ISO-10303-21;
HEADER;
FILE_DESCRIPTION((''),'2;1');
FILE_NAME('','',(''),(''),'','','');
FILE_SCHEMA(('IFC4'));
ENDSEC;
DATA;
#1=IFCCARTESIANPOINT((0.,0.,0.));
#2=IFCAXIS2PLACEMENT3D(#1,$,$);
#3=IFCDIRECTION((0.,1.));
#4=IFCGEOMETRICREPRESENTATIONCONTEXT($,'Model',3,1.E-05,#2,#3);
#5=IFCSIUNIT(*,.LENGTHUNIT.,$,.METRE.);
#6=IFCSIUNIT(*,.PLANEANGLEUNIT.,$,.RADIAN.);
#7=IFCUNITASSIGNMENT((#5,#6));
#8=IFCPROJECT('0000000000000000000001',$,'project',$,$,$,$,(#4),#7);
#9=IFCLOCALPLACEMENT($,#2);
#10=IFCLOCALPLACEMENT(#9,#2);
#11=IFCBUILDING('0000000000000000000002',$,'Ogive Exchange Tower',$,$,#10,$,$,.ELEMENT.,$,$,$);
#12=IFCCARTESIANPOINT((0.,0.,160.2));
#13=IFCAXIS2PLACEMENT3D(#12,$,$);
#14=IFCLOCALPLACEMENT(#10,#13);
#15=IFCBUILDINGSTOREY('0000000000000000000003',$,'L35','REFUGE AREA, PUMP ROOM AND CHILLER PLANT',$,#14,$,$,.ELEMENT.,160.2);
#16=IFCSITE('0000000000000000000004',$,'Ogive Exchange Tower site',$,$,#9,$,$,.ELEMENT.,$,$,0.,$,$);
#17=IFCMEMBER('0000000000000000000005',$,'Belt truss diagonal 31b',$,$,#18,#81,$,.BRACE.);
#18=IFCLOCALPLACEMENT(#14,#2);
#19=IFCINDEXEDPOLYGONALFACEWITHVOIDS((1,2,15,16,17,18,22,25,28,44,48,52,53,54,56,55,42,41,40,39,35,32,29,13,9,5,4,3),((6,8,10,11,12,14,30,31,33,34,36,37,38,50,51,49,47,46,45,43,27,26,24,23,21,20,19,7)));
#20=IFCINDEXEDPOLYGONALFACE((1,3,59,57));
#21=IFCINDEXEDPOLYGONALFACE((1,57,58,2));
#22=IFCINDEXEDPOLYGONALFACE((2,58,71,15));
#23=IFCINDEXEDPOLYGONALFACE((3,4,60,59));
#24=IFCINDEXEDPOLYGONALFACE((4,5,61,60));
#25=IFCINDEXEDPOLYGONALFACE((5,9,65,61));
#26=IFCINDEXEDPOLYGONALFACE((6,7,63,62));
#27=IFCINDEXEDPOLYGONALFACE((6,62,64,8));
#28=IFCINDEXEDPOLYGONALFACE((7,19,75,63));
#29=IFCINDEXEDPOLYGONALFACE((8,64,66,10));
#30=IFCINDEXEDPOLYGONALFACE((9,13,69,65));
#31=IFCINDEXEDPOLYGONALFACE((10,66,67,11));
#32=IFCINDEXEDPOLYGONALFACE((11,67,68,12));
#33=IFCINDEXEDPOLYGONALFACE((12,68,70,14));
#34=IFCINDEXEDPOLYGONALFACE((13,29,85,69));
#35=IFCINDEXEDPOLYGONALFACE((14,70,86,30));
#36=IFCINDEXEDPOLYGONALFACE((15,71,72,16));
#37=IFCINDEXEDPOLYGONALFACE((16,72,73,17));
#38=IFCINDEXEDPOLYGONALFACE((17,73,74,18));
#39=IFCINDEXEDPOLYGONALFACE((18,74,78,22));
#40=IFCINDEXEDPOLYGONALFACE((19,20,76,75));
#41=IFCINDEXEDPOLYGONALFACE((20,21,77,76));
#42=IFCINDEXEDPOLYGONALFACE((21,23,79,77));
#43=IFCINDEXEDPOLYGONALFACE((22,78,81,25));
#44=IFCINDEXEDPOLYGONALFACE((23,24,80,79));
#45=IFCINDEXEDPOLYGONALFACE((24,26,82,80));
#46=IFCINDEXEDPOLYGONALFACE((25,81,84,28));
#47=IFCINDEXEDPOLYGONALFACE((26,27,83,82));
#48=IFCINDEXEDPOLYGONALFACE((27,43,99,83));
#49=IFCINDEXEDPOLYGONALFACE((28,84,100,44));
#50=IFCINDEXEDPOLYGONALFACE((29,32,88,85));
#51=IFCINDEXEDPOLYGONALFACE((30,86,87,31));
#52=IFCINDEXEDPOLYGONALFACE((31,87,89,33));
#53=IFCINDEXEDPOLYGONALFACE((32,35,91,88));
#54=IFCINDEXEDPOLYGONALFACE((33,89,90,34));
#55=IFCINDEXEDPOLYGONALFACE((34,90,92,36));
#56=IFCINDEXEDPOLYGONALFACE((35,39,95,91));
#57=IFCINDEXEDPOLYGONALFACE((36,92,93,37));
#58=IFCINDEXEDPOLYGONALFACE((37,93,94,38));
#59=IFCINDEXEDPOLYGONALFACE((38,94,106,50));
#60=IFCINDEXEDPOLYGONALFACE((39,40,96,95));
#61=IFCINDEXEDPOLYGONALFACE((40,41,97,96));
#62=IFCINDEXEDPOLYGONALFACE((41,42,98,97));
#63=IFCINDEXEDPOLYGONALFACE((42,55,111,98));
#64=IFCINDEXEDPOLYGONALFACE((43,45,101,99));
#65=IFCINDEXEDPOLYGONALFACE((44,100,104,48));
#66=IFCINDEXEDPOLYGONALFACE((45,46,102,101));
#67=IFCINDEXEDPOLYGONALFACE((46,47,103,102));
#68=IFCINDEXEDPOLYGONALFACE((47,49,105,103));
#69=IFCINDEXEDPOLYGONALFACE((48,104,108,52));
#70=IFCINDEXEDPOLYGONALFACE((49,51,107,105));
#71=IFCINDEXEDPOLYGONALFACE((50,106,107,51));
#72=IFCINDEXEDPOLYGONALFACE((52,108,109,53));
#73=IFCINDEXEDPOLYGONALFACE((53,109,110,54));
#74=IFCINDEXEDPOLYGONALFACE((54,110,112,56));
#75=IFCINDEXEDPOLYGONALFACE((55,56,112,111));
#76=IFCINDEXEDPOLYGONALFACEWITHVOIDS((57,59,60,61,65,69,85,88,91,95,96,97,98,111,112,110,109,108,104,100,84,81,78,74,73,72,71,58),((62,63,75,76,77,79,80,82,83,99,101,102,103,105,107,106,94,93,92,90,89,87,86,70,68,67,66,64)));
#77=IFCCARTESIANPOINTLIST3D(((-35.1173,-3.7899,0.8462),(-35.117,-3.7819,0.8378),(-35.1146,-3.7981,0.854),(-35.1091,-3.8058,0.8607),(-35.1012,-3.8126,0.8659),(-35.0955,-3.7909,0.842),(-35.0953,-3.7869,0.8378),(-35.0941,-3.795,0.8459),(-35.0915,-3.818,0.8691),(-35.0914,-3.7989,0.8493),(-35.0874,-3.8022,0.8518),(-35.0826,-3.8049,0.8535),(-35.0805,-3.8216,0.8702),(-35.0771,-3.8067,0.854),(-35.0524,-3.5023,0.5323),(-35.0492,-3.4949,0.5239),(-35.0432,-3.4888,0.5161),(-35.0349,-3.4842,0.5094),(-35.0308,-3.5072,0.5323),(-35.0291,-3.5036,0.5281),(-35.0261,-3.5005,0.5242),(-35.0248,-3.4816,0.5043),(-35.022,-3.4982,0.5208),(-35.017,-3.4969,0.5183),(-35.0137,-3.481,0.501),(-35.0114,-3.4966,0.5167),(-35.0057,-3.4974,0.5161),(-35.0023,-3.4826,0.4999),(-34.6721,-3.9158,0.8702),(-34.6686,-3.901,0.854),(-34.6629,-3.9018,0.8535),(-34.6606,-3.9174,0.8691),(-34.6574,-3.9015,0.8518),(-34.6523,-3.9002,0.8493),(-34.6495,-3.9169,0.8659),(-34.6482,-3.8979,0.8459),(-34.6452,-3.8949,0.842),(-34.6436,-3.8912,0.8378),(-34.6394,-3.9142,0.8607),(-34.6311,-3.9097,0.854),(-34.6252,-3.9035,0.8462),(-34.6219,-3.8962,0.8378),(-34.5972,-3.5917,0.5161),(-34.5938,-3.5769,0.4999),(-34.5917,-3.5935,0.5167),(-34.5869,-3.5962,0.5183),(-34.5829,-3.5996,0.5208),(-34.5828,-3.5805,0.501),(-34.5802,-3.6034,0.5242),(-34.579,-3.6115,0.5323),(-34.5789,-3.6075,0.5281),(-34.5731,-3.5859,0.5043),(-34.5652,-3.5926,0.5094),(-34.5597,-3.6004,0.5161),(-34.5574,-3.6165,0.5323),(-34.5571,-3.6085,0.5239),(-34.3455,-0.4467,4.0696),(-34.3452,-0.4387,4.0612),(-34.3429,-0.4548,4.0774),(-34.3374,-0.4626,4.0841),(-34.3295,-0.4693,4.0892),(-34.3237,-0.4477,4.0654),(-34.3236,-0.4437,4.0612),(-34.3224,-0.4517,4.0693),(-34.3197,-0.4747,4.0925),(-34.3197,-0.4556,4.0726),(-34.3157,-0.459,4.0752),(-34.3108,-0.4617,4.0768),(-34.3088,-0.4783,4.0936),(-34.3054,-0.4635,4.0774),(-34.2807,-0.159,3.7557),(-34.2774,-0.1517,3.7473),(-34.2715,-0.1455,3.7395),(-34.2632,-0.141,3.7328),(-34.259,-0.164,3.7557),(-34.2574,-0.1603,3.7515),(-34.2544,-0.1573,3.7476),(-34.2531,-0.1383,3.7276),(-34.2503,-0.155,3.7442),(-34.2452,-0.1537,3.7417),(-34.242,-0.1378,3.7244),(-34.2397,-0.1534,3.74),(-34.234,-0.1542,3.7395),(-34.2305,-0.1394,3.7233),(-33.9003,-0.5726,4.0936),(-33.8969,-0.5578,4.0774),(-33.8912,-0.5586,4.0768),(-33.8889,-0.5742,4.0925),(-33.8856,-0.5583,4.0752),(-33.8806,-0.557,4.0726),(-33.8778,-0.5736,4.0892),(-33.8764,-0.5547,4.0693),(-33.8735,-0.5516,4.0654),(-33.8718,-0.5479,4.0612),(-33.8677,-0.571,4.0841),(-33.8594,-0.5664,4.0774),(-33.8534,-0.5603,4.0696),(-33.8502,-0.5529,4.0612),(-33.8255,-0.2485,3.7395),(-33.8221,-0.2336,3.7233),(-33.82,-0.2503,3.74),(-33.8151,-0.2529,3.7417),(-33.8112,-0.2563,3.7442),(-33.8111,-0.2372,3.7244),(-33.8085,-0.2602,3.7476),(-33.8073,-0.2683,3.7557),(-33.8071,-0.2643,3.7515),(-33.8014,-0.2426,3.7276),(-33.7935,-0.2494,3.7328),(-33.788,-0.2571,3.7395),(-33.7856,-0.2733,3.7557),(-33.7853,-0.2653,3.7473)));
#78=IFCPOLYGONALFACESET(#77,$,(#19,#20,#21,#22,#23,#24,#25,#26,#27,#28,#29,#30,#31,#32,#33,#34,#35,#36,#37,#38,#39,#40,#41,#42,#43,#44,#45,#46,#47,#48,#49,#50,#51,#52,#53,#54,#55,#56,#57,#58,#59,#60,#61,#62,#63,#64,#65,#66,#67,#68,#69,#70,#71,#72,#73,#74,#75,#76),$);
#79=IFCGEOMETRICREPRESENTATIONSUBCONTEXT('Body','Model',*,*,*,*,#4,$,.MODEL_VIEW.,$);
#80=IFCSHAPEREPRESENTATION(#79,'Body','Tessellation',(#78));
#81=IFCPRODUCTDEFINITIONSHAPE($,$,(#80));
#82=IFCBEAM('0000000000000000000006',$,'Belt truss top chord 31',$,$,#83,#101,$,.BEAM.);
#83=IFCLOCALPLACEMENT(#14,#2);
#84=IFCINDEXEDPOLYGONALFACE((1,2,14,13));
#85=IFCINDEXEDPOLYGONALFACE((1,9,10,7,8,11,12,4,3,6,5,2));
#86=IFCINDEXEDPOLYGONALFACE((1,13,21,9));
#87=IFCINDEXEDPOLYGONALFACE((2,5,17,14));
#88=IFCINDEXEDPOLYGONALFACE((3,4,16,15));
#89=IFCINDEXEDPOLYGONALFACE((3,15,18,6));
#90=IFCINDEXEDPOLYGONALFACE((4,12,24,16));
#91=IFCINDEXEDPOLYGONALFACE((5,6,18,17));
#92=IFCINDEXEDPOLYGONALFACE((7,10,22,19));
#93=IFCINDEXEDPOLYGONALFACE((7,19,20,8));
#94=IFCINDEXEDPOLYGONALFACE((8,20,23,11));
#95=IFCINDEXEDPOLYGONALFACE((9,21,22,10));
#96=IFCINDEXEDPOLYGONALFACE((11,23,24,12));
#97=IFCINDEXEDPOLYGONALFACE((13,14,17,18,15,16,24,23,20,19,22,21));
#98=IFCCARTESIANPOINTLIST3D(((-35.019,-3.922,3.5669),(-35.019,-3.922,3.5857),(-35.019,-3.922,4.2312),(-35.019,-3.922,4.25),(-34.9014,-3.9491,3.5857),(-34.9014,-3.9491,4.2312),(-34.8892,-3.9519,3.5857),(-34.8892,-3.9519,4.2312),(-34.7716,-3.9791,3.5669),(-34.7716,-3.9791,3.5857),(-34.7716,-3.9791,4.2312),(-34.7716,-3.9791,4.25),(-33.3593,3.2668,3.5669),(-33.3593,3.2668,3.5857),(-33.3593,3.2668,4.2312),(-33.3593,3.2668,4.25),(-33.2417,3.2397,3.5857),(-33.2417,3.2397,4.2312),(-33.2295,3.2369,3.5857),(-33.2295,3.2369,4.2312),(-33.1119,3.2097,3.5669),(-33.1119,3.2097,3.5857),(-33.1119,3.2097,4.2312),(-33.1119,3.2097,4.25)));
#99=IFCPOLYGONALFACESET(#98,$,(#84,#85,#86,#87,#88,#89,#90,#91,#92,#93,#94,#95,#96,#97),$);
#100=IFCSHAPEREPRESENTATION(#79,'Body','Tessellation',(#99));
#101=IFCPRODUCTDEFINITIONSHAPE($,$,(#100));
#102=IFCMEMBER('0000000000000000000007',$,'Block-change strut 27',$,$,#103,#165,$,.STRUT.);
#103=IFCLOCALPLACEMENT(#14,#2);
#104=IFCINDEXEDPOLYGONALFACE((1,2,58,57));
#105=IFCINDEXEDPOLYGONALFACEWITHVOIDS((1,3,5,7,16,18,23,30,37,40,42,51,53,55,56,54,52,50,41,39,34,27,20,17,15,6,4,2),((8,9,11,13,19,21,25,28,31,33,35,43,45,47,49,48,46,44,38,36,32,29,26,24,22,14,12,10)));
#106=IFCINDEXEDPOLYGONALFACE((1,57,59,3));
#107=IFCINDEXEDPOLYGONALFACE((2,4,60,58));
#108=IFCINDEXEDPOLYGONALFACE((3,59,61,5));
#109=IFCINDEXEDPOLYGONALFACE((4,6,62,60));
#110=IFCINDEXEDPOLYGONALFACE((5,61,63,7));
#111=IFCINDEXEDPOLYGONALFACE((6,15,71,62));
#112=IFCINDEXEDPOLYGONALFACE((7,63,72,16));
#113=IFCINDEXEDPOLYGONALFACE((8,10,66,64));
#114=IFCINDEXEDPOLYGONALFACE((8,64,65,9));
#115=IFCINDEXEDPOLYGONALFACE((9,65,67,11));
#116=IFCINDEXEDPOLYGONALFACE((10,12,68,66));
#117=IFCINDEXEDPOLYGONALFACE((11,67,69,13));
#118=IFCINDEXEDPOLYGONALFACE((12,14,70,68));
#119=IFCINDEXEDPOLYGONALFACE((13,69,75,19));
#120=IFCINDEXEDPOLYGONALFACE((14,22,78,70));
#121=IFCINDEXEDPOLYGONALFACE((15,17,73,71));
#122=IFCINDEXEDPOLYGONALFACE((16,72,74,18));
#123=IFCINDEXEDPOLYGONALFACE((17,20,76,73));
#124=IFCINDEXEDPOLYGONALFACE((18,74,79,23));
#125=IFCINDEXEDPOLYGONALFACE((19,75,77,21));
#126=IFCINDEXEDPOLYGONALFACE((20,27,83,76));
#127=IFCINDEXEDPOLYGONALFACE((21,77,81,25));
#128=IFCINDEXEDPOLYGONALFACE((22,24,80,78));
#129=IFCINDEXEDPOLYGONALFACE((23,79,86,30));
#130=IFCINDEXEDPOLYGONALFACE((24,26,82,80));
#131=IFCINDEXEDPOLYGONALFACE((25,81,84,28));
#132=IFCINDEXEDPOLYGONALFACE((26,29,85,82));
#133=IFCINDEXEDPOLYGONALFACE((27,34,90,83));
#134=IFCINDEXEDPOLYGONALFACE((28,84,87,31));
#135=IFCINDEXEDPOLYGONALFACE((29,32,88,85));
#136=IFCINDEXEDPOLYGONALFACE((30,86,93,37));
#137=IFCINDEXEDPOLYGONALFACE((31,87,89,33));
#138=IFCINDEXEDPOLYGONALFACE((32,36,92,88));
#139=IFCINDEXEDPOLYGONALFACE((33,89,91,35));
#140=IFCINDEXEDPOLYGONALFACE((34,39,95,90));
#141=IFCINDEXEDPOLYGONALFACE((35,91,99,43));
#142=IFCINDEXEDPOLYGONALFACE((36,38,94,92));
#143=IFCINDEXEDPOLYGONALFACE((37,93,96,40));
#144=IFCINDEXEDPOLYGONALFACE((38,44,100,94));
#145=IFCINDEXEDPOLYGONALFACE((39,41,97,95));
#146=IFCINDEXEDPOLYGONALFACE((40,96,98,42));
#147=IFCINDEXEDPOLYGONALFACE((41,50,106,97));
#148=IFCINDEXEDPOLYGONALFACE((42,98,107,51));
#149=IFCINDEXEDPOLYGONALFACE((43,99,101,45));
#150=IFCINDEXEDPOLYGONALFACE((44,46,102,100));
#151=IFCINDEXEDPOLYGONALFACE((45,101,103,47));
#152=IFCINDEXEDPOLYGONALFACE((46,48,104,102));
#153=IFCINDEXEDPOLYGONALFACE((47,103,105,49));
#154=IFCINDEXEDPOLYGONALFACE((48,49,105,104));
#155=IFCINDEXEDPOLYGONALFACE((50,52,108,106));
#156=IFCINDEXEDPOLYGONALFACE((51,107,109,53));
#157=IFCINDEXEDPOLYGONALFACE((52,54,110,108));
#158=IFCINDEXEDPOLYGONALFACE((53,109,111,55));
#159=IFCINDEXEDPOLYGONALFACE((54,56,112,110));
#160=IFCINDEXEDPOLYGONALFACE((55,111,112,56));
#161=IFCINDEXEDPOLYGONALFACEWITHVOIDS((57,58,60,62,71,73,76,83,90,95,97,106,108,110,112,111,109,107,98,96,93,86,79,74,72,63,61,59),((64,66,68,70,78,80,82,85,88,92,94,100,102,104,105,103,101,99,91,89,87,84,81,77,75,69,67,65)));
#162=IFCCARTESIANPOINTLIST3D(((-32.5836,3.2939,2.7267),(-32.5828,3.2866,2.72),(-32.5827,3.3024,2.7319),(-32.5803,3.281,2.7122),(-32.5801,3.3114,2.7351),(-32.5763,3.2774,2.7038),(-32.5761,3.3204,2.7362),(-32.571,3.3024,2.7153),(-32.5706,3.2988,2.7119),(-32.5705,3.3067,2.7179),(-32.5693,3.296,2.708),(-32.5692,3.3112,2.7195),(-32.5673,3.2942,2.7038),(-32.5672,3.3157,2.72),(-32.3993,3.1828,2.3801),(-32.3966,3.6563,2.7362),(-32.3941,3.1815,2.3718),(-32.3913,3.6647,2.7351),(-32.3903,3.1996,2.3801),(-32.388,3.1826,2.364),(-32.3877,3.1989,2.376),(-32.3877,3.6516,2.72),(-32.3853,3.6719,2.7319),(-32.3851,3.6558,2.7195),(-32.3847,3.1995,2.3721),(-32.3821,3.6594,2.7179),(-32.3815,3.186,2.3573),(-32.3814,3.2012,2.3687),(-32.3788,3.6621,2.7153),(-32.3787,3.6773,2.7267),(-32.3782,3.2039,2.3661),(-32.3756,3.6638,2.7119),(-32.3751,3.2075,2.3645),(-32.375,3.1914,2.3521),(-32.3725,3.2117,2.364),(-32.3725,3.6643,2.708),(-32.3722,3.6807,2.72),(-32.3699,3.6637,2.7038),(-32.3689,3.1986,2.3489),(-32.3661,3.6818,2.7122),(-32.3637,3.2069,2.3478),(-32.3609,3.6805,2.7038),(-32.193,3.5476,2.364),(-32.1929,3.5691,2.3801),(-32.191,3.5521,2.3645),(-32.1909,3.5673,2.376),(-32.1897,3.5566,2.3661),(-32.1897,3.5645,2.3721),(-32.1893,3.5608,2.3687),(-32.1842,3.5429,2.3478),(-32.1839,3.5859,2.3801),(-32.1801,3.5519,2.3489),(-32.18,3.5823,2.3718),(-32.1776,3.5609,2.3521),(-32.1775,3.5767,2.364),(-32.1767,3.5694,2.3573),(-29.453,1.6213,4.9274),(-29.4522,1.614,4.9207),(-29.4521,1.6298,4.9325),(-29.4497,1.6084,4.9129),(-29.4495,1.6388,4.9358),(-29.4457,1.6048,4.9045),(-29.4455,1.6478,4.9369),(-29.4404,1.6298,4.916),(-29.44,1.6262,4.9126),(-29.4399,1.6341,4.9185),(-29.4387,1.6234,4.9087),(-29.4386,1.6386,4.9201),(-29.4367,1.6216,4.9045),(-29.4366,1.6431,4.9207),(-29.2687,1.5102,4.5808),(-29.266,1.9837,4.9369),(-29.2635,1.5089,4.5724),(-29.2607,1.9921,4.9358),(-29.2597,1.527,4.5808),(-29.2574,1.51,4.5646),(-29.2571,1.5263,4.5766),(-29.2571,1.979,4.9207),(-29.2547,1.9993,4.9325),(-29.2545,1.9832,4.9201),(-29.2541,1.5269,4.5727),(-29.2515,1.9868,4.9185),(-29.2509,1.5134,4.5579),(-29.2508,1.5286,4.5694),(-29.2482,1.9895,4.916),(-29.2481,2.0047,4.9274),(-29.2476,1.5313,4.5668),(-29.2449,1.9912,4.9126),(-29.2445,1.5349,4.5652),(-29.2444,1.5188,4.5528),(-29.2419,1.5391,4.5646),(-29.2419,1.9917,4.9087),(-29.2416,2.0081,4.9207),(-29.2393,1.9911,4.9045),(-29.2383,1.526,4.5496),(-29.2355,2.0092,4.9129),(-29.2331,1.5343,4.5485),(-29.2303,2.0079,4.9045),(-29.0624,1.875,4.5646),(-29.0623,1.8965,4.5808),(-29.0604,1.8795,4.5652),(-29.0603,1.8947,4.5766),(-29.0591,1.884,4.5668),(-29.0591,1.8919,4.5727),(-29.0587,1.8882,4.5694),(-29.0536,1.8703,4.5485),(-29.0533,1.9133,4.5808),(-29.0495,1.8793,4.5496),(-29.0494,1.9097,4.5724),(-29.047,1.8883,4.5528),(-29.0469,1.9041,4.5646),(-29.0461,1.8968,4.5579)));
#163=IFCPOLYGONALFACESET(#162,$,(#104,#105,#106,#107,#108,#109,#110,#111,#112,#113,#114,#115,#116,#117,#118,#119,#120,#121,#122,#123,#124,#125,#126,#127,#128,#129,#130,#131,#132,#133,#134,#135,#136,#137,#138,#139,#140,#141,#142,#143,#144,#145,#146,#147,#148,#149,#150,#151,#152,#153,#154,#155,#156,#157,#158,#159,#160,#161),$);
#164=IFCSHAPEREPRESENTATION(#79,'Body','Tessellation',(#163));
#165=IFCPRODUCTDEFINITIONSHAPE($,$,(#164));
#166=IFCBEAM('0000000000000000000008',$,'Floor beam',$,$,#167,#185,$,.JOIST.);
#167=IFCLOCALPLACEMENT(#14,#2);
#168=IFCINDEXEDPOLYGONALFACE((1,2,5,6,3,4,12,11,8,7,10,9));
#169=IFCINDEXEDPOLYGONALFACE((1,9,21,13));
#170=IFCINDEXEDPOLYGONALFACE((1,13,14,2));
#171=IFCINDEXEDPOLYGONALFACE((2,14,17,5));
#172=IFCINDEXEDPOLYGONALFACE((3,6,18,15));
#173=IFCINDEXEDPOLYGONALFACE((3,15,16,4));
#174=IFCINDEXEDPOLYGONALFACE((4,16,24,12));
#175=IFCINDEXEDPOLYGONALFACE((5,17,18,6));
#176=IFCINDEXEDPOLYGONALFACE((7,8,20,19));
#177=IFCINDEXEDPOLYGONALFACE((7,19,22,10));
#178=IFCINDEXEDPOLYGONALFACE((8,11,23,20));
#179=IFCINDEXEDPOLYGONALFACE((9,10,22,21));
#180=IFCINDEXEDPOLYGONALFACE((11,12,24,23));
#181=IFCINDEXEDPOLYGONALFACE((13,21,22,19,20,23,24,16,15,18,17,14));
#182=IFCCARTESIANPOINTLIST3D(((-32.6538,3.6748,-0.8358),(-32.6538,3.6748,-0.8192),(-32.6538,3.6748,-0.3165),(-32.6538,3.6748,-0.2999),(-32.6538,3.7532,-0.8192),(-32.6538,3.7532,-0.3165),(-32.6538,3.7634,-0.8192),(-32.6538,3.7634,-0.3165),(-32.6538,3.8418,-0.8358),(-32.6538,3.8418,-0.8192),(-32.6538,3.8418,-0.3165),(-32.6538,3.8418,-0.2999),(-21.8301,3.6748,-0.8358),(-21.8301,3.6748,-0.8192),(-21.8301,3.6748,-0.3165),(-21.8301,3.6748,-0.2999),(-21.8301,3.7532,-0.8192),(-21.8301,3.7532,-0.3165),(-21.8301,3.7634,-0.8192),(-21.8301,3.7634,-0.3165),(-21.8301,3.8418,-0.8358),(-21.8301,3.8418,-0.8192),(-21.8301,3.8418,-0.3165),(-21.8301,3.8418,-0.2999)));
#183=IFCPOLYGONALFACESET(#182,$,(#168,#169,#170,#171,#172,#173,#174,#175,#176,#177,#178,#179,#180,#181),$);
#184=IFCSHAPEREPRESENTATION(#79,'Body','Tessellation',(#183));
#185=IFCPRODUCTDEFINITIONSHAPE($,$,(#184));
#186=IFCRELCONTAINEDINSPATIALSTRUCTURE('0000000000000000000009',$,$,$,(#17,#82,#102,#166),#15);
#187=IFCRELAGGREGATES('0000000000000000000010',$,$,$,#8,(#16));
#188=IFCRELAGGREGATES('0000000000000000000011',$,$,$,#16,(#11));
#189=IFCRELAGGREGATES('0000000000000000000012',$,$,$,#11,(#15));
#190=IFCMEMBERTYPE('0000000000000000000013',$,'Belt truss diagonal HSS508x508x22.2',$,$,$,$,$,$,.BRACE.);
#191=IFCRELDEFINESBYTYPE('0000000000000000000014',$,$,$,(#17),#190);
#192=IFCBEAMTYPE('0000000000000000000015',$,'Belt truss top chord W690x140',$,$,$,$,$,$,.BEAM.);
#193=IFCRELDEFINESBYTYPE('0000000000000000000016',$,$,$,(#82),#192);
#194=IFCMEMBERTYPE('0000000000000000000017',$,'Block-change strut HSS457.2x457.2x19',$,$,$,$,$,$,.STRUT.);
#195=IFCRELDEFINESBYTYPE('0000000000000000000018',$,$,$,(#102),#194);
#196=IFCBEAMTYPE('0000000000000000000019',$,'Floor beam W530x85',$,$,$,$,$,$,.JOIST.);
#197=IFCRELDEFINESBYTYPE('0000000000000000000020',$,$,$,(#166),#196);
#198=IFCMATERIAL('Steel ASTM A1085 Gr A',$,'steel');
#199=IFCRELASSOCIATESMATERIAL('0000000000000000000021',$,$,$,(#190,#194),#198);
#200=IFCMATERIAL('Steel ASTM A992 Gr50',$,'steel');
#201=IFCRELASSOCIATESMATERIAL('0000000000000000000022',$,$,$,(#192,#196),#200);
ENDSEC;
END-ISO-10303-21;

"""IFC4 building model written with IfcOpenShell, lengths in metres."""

from ifc_helpers import new_model, si_unit, direction, frame, origin, origin_2d, place, context, subcontext, project, spatial, hollow_rectangle, i_section, extrude, material, material_profile, profile_set, type_object, element, save


model = new_model("IFC4")

# Units and contexts
model_context = context("Model", 3, precision=1e-05, world=origin(), true_north=direction((0.0, 1.0)))
body_context = subcontext(model_context, "Body", "Model", "MODEL_VIEW")
ifc_project = project(units=[si_unit("LENGTHUNIT", "METRE"), si_unit("PLANEANGLEUNIT", "RADIAN")], contexts=[model_context])

# Site, building, storey
site_placement = place(None, origin())
site = spatial("IfcSite", under=ifc_project, at=site_placement, Name="Ogive Exchange Tower site", CompositionType="ELEMENT", RefElevation=0.0)
building_placement = place(site_placement, origin())
building = spatial("IfcBuilding", under=site, at=building_placement, Name="Ogive Exchange Tower", CompositionType="ELEMENT")
storey_placement = place(building_placement, frame((0.0, 0.0, 160.2)))
storey = spatial("IfcBuildingStorey", under=building, at=storey_placement, Name="L35", Description="REFUGE AREA, PUMP ROOM AND CHILLER PLANT", CompositionType="ELEMENT", Elevation=160.2)

# Shared definitions
ifc_material_1 = material(Name="Steel ASTM A992 Gr50", Category="steel")

# Member
ifc_material_2 = material(Name="Steel ASTM A1085 Gr A", Category="steel")
ifc_material_profile_1 = material_profile(ifc_material_2, hollow_rectangle(XDim=0.5081, YDim=0.5081, WallThickness=0.0222, InnerFilletRadius=0.0222, OuterFilletRadius=0.0444, at=origin_2d()), Name="HSS508x508x22.2")
ifc_profile_set_1 = profile_set([ifc_material_profile_1], Name="Steel ASTM A1085 Gr A")
member_type_1 = type_object("IfcMemberType", Name="Belt truss diagonal HSS508x508x22.2", PredefinedType="BRACE", material=ifc_profile_set_1)
member_1_placement = place(storey_placement, frame((-34.8372, -3.6992, 0.6851), z_axis=(0.163926, 0.710157, 0.684694), x_axis=(-0.974378, 0.224917, 0.0)))
element("IfcMember", 1, at=member_1_placement, inside=storey, type_object=member_type_1, Name="Belt truss diagonal 31b", PredefinedType="BRACE", context=body_context, shape_type="SweptSolid", body=[
    extrude(hollow_rectangle(XDim=0.5081, YDim=0.5081, WallThickness=0.0222, InnerFilletRadius=0.0222, OuterFilletRadius=0.0444, at=origin_2d()), origin(), (0.0, 0.0, 1.0), 4.7078),
])

# Beam
ifc_material_profile_2 = material_profile(ifc_material_1, i_section(OverallWidth=0.2539, OverallDepth=0.6831, WebThickness=0.0125, FlangeThickness=0.0188, at=origin_2d()), Name="W690x140")
ifc_profile_set_2 = profile_set([ifc_material_profile_2], Name="Steel ASTM A992 Gr50")
beam_type_1 = type_object("IfcBeamType", Name="Belt truss top chord W690x140", PredefinedType="BEAM", material=ifc_profile_set_2)
beam_1_placement = place(storey_placement, frame((-33.2356, 3.2383, 3.9084), z_axis=(-0.224954, -0.974369, 0.0), x_axis=(0.974369, -0.224954, 0.0)))
element("IfcBeam", 2, at=beam_1_placement, inside=storey, type_object=beam_type_1, Name="Belt truss top chord 31", PredefinedType="BEAM", context=body_context, shape_type="SweptSolid", body=[
    extrude(i_section(OverallWidth=0.2539, OverallDepth=0.6831, WebThickness=0.0125, FlangeThickness=0.0188, at=origin_2d()), origin(), (0.0, 0.0, 1.0), 7.3779),
])

# Member
ifc_material_profile_3 = material_profile(ifc_material_2, hollow_rectangle(XDim=0.457, YDim=0.457, WallThickness=0.019, InnerFilletRadius=0.019, OuterFilletRadius=0.0381, at=origin_2d()), Name="HSS457.2x457.2x19")
ifc_profile_set_3 = profile_set([ifc_material_profile_3], Name="Steel ASTM A1085 Gr A")
member_type_2 = type_object("IfcMemberType", Name="Block-change strut HSS457.2x457.2x19", PredefinedType="STRUT", material=ifc_profile_set_3)
member_2_placement = place(storey_placement, frame((-32.3801, 3.4316, 2.542), z_axis=(0.749617, -0.400501, 0.526947), x_axis=(0.471234, 0.882008, 0.0)))
element("IfcMember", 3, at=member_2_placement, inside=storey, type_object=member_type_2, Name="Block-change strut 27", PredefinedType="STRUT", context=body_context, shape_type="SweptSolid", body=[
    extrude(hollow_rectangle(XDim=0.457, YDim=0.457, WallThickness=0.019, InnerFilletRadius=0.019, OuterFilletRadius=0.0381, at=origin_2d()), origin(), (0.0, 0.0, 1.0), 4.1763),
])

# Beam
ifc_material_profile_4 = material_profile(ifc_material_1, i_section(OverallWidth=0.167, OverallDepth=0.5359, WebThickness=0.0103, FlangeThickness=0.0166, at=origin_2d()), Name="W530x85")
ifc_profile_set_4 = profile_set([ifc_material_profile_4], Name="Steel ASTM A992 Gr50")
beam_type_2 = type_object("IfcBeamType", Name="Floor beam W530x85", PredefinedType="JOIST", material=ifc_profile_set_4)
beam_2_placement = place(storey_placement, frame((-32.6538, 3.7583, -0.5679), z_axis=(1.0, 0.0, 0.0), x_axis=(0.0, 1.0, 0.0)))
element("IfcBeam", 4, at=beam_2_placement, inside=storey, type_object=beam_type_2, Name="Floor beam", PredefinedType="JOIST", context=body_context, shape_type="SweptSolid", body=[
    extrude(i_section(OverallWidth=0.167, OverallDepth=0.5359, WebThickness=0.0103, FlangeThickness=0.0166, at=origin_2d()), origin(), (0.0, 0.0, 1.0), 10.8237),
])

save(model, "model.ifc")
